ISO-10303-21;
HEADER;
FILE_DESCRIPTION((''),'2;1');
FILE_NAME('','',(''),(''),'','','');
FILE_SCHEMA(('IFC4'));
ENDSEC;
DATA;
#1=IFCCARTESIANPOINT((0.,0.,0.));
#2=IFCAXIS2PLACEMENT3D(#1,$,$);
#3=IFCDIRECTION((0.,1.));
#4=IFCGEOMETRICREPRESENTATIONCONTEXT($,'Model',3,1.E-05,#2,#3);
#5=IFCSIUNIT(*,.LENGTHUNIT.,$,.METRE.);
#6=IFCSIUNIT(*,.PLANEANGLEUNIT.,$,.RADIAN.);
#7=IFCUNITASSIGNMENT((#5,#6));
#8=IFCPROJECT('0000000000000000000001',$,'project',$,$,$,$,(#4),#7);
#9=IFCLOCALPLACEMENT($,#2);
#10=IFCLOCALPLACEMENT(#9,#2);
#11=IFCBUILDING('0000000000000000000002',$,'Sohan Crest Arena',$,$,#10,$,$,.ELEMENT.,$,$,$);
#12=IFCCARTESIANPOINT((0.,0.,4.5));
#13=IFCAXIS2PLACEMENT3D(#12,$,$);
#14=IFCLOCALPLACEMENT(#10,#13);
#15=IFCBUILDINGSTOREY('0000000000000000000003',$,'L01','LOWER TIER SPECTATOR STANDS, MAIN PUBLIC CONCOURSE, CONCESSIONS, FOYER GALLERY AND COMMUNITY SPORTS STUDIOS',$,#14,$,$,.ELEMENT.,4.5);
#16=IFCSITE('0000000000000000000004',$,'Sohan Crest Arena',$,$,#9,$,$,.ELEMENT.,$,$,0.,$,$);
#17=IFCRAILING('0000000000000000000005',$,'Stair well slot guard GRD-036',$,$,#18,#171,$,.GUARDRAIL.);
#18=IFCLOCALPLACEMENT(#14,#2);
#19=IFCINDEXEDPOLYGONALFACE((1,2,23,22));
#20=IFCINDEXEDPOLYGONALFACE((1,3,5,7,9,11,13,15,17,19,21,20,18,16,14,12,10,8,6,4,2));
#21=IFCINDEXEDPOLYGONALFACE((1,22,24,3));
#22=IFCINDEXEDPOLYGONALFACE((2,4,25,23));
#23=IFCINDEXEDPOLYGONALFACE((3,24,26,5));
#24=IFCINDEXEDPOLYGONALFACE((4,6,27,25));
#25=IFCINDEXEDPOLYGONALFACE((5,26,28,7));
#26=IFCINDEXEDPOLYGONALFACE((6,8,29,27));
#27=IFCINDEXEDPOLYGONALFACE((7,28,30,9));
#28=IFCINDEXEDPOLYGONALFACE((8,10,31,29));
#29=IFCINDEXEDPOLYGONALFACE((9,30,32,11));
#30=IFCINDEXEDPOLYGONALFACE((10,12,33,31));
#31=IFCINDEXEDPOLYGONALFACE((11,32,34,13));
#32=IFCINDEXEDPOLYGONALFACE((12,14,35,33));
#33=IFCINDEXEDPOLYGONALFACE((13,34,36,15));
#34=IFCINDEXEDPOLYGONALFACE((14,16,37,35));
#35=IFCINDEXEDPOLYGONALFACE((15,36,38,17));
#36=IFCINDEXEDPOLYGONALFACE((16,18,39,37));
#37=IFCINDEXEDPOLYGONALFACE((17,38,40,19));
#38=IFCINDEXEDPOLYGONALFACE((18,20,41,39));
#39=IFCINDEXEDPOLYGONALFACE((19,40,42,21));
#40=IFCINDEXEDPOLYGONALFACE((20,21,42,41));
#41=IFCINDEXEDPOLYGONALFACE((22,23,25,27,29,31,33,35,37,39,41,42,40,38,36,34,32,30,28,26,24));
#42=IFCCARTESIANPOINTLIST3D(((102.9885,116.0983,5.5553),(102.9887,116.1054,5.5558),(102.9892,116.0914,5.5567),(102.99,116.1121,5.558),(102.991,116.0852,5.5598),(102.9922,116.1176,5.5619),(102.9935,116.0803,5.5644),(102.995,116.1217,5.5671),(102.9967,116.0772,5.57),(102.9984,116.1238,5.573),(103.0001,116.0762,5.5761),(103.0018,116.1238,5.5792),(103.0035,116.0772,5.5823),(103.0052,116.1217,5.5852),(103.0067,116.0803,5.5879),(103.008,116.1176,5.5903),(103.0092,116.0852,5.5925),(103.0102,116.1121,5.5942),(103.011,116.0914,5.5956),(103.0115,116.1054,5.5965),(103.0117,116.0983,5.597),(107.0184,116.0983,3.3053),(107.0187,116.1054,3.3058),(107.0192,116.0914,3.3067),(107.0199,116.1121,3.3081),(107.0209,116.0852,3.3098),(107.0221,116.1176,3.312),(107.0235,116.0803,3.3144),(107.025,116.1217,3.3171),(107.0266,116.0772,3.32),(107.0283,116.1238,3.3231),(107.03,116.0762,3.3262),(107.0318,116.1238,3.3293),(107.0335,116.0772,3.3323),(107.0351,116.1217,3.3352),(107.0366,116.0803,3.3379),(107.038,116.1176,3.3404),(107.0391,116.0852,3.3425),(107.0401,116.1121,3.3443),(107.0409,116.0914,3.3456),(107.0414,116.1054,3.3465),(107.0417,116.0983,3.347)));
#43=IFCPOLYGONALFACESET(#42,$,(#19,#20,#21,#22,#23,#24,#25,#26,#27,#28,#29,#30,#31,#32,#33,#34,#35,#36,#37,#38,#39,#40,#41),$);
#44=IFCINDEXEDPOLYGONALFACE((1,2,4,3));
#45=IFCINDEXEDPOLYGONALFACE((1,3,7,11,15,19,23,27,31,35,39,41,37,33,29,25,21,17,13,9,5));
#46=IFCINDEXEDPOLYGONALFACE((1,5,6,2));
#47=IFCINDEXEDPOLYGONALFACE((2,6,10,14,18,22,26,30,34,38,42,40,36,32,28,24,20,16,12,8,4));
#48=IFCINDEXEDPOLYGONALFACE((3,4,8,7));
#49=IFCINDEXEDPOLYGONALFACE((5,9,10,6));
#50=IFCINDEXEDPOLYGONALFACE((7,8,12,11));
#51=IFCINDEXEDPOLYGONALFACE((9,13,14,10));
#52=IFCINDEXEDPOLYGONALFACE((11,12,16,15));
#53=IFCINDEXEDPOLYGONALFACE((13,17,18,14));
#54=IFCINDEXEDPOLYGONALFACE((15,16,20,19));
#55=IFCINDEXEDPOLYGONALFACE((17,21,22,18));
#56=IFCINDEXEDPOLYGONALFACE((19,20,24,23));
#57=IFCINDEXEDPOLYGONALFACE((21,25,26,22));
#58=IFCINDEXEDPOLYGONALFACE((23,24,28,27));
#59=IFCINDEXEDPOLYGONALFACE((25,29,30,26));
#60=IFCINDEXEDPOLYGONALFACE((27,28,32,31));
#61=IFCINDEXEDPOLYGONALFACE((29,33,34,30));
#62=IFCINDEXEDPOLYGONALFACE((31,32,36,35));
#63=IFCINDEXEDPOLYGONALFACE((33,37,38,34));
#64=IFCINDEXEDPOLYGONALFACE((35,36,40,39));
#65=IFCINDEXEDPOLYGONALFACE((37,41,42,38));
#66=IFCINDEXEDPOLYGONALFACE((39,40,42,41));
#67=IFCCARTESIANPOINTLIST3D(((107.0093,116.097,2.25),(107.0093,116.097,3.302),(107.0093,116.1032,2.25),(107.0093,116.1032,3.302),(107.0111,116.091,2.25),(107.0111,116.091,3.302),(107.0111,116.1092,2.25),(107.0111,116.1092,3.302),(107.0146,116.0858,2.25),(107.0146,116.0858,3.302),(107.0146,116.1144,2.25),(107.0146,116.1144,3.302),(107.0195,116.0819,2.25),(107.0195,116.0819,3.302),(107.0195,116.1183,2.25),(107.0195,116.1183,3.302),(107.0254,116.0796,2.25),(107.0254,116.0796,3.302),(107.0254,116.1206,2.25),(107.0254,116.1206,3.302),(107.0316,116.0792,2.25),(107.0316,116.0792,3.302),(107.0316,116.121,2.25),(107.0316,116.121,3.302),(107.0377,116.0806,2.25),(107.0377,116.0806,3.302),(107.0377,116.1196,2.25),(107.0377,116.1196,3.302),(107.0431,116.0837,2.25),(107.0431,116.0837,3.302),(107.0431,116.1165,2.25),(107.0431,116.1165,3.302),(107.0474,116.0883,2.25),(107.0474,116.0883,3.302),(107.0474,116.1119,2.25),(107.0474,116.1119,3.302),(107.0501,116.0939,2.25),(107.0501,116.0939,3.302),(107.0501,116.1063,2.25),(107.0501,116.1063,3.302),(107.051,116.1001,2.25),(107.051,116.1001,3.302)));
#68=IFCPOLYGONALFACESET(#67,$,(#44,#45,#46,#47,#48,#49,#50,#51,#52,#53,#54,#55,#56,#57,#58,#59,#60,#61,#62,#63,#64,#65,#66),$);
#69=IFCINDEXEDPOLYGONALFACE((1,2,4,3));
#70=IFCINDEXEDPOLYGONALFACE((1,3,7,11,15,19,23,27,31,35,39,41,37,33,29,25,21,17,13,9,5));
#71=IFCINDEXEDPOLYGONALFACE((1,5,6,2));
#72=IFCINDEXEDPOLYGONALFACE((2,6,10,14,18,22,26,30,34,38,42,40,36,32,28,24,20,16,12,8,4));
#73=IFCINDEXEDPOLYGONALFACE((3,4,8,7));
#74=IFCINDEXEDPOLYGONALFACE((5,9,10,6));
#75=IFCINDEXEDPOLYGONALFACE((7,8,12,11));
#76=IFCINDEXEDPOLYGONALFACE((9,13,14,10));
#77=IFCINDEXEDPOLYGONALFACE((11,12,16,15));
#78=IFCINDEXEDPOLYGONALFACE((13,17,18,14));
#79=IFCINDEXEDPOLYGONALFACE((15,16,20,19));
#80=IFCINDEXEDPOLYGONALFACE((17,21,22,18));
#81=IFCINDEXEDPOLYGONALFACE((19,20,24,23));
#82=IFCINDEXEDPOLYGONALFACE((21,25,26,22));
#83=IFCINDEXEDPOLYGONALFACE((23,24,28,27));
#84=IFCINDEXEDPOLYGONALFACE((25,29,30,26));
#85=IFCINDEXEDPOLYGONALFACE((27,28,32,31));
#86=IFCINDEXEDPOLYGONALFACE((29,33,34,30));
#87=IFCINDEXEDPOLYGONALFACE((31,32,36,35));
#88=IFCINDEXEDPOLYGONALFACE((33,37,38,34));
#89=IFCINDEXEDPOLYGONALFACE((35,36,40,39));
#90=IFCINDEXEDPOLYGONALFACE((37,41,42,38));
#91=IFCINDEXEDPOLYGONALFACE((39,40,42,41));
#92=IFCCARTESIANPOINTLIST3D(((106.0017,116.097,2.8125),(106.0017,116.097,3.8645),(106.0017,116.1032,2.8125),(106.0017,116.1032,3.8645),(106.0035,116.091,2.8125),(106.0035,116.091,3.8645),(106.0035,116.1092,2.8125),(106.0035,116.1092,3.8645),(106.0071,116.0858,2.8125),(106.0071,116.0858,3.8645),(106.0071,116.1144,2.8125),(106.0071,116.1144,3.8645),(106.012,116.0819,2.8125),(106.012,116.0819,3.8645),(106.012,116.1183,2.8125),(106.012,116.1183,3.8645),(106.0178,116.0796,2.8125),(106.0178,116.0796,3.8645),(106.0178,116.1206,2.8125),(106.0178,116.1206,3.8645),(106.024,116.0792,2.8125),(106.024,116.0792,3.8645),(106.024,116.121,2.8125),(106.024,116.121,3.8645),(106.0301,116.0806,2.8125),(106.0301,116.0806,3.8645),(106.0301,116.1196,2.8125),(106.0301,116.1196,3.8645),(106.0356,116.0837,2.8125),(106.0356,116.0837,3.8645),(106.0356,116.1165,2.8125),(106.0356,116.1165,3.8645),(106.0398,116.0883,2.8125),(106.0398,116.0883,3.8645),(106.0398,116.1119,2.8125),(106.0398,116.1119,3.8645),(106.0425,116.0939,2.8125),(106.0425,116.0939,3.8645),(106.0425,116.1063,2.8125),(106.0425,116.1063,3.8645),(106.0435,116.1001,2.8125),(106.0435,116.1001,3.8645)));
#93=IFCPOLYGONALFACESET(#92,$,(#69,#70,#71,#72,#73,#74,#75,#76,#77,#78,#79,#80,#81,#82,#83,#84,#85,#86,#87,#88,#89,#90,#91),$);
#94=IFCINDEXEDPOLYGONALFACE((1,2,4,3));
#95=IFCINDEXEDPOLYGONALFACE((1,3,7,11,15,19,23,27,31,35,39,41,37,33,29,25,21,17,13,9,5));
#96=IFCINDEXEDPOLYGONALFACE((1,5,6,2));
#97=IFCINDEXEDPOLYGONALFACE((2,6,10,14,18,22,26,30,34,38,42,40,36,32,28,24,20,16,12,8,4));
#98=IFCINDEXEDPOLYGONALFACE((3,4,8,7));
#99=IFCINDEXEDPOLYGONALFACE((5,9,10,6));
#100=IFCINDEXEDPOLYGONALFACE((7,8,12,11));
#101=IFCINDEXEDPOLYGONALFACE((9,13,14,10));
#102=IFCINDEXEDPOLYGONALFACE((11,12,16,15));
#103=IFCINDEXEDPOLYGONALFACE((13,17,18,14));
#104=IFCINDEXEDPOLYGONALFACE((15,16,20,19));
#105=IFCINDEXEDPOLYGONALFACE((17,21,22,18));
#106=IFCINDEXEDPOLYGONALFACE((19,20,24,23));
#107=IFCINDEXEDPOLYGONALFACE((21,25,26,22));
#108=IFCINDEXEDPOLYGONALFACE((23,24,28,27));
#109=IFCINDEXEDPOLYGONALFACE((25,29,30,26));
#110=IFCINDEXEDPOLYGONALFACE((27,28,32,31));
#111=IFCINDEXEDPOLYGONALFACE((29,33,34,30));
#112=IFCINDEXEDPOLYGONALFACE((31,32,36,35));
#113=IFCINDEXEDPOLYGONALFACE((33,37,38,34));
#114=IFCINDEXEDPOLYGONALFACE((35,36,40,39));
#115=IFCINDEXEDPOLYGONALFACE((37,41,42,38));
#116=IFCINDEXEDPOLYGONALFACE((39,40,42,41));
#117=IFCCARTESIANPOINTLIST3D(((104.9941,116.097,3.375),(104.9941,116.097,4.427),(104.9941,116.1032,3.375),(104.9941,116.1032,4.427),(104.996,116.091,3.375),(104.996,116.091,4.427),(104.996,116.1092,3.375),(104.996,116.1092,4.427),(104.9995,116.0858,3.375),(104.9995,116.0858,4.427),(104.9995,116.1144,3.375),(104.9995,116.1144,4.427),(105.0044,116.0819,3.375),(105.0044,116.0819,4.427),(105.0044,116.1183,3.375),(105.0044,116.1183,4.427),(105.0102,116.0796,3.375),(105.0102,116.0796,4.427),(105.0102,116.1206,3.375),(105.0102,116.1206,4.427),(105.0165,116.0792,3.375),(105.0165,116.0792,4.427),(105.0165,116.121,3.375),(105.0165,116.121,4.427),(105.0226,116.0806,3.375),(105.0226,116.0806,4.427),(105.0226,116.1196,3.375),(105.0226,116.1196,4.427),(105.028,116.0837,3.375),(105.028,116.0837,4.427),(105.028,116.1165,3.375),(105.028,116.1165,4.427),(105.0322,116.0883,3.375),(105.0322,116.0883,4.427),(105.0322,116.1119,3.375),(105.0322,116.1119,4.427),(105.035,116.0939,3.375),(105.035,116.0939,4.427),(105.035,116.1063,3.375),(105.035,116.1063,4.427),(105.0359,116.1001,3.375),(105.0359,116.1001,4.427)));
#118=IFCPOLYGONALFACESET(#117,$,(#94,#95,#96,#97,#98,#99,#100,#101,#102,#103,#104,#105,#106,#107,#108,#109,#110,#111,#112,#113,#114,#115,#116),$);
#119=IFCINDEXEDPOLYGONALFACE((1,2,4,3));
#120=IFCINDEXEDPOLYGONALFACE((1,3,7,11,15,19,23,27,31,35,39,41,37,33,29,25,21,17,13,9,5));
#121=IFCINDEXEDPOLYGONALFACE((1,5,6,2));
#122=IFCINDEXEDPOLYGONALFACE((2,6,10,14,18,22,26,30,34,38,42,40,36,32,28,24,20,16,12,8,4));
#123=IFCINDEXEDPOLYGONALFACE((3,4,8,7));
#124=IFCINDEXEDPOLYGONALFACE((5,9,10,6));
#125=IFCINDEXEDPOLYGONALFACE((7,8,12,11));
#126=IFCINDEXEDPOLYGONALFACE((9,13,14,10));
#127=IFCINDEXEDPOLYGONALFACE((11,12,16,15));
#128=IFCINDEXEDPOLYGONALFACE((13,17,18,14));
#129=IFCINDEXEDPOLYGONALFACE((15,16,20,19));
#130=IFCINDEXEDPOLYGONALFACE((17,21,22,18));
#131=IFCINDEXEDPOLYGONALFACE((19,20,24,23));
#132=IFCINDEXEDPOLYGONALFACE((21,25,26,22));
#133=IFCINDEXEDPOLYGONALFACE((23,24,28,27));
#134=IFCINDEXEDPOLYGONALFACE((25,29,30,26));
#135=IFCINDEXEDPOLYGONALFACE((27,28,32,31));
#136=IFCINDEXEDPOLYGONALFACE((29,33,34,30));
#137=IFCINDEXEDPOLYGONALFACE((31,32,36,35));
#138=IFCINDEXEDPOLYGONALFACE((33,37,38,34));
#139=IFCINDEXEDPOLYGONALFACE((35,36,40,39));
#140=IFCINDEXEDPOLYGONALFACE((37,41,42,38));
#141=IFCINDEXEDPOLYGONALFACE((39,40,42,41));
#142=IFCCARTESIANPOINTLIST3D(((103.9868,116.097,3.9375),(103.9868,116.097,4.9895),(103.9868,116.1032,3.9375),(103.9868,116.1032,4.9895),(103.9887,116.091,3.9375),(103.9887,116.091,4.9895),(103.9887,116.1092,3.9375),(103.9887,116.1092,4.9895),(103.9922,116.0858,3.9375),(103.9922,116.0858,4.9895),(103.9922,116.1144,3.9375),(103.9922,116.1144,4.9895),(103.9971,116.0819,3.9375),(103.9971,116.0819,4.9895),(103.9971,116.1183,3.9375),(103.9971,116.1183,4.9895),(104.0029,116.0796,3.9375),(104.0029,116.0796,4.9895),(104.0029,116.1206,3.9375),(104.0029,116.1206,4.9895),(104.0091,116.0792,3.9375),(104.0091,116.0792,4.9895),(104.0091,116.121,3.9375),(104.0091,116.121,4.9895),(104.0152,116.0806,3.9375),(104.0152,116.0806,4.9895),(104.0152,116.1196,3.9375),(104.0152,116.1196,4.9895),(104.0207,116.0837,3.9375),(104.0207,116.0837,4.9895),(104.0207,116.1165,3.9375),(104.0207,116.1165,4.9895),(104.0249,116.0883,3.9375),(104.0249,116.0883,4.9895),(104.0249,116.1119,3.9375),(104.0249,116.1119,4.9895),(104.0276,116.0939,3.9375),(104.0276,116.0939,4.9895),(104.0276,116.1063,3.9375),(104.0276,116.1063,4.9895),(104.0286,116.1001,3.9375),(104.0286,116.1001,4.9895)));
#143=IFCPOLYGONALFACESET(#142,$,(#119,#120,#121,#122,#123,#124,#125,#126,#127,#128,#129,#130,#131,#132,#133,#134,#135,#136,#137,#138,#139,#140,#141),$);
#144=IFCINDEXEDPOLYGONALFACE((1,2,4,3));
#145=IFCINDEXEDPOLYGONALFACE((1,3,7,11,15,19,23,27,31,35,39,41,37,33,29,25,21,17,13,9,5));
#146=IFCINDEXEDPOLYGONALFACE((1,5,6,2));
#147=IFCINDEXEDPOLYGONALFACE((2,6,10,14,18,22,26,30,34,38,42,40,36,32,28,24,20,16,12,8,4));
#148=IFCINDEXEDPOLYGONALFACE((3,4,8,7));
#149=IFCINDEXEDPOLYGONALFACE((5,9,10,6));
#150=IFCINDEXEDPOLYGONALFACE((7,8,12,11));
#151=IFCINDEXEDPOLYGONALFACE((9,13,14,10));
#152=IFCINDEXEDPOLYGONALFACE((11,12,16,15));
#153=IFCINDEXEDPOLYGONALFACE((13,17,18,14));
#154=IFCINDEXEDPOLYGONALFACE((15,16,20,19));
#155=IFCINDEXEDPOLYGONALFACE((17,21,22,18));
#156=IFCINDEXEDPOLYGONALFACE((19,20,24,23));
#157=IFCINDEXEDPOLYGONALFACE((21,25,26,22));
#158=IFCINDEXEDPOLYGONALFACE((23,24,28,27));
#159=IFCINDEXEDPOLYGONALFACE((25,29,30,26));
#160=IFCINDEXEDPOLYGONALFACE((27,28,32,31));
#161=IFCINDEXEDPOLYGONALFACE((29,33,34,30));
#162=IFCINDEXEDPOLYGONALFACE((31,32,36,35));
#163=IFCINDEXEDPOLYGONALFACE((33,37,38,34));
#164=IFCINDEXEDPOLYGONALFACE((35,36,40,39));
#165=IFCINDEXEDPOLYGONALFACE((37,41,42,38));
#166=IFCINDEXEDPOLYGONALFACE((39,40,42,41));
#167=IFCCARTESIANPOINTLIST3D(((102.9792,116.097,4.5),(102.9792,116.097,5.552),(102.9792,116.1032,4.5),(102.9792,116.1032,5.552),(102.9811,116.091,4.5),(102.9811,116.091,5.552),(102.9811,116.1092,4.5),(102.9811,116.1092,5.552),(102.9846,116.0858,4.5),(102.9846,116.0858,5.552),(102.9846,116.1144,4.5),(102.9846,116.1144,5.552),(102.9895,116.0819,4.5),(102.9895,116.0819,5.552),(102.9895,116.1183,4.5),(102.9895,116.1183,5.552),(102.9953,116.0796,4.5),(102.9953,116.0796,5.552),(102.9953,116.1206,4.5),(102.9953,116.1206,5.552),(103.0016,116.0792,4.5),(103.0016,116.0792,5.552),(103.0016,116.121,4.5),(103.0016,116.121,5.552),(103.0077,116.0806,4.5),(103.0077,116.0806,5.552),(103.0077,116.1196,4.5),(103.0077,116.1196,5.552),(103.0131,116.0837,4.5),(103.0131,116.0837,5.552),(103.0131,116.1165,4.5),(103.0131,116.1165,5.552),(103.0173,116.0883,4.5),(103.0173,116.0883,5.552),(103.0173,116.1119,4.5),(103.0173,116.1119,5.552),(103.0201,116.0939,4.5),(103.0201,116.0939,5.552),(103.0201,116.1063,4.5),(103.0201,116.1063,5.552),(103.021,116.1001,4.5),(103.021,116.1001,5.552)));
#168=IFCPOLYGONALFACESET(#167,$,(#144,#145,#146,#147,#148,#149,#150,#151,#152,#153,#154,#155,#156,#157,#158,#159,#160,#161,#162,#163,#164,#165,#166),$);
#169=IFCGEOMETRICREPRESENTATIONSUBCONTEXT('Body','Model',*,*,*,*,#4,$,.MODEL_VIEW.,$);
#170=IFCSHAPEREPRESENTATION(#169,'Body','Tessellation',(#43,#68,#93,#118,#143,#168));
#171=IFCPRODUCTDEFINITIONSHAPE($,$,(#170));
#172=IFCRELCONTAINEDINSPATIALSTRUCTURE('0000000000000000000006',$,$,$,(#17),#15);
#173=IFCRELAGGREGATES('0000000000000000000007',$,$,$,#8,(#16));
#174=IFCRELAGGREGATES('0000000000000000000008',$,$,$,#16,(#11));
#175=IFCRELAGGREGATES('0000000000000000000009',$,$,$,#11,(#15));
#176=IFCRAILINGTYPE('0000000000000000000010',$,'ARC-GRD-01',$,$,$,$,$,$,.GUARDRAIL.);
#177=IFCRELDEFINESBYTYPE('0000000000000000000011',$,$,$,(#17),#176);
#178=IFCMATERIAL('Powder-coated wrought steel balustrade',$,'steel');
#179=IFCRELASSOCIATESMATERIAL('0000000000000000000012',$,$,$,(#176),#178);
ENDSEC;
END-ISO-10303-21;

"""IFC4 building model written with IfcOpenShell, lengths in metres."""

from ifc_helpers import new_model, si_unit, direction, frame, origin, origin_2d, place, context, subcontext, project, spatial, circle, extrude, material, type_object, element, save


model = new_model("IFC4")

# Units and contexts
model_context = context("Model", 3, precision=1e-05, world=origin(), true_north=direction((0.0, 1.0)))
body_context = subcontext(model_context, "Body", "Model", "MODEL_VIEW")
ifc_project = project(units=[si_unit("LENGTHUNIT", "METRE"), si_unit("PLANEANGLEUNIT", "RADIAN")], contexts=[model_context])

# Site, building, storey
site_placement = place(None, origin())
site = spatial("IfcSite", under=ifc_project, at=site_placement, Name="Sohan Crest Arena", CompositionType="ELEMENT", RefElevation=0.0)
building_placement = place(site_placement, origin())
building = spatial("IfcBuilding", under=site, at=building_placement, Name="Sohan Crest Arena", CompositionType="ELEMENT")
storey_placement = place(building_placement, frame((0.0, 0.0, 4.5)))
storey = spatial("IfcBuildingStorey", under=building, at=storey_placement, Name="L01", Description="LOWER TIER SPECTATOR STANDS, MAIN PUBLIC CONCOURSE, CONCESSIONS, FOYER GALLERY AND COMMUNITY SPORTS STUDIOS", CompositionType="ELEMENT", Elevation=4.5)

# Railing
ifc_material_1 = material(Name="Powder-coated wrought steel balustrade", Category="steel")
railing_type_1 = type_object("IfcRailingType", Name="ARC-GRD-01", PredefinedType="GUARDRAIL", material=ifc_material_1)
railing_1_placement = place(storey_placement, frame((107.03, 116.1001, 2.25)))
element("IfcRailing", 1, at=railing_1_placement, inside=storey, type_object=railing_type_1, Name="Stair well slot guard GRD-036", PredefinedType="GUARDRAIL", context=body_context, shape_type="SweptSolid", body=[
    extrude(circle(Radius=0.0239, at=origin_2d()), frame((0.0, 0.0, 1.0762), z_axis=(-0.873135, 0.0, 0.487479), x_axis=(0.0, -1.0, 0.0)), (0.0, 0.0, 1.0), 4.6155),
    extrude(circle(Radius=0.021, at=origin_2d()), origin(), (0.0, 0.0, 1.0), 1.052),
    extrude(circle(Radius=0.021, at=origin_2d()), frame((-1.0076, 0.0, 0.5625)), (0.0, 0.0, 1.0), 1.052),
    extrude(circle(Radius=0.021, at=origin_2d()), frame((-2.0151, 0.0, 1.125)), (0.0, 0.0, 1.0), 1.052),
    extrude(circle(Radius=0.021, at=origin_2d()), frame((-3.0225, 0.0, 1.6875)), (0.0, 0.0, 1.0), 1.052),
    extrude(circle(Radius=0.021, at=origin_2d()), frame((-4.03, 0.0, 2.25)), (0.0, 0.0, 1.0), 1.052),
])

save(model, "model.ifc")
